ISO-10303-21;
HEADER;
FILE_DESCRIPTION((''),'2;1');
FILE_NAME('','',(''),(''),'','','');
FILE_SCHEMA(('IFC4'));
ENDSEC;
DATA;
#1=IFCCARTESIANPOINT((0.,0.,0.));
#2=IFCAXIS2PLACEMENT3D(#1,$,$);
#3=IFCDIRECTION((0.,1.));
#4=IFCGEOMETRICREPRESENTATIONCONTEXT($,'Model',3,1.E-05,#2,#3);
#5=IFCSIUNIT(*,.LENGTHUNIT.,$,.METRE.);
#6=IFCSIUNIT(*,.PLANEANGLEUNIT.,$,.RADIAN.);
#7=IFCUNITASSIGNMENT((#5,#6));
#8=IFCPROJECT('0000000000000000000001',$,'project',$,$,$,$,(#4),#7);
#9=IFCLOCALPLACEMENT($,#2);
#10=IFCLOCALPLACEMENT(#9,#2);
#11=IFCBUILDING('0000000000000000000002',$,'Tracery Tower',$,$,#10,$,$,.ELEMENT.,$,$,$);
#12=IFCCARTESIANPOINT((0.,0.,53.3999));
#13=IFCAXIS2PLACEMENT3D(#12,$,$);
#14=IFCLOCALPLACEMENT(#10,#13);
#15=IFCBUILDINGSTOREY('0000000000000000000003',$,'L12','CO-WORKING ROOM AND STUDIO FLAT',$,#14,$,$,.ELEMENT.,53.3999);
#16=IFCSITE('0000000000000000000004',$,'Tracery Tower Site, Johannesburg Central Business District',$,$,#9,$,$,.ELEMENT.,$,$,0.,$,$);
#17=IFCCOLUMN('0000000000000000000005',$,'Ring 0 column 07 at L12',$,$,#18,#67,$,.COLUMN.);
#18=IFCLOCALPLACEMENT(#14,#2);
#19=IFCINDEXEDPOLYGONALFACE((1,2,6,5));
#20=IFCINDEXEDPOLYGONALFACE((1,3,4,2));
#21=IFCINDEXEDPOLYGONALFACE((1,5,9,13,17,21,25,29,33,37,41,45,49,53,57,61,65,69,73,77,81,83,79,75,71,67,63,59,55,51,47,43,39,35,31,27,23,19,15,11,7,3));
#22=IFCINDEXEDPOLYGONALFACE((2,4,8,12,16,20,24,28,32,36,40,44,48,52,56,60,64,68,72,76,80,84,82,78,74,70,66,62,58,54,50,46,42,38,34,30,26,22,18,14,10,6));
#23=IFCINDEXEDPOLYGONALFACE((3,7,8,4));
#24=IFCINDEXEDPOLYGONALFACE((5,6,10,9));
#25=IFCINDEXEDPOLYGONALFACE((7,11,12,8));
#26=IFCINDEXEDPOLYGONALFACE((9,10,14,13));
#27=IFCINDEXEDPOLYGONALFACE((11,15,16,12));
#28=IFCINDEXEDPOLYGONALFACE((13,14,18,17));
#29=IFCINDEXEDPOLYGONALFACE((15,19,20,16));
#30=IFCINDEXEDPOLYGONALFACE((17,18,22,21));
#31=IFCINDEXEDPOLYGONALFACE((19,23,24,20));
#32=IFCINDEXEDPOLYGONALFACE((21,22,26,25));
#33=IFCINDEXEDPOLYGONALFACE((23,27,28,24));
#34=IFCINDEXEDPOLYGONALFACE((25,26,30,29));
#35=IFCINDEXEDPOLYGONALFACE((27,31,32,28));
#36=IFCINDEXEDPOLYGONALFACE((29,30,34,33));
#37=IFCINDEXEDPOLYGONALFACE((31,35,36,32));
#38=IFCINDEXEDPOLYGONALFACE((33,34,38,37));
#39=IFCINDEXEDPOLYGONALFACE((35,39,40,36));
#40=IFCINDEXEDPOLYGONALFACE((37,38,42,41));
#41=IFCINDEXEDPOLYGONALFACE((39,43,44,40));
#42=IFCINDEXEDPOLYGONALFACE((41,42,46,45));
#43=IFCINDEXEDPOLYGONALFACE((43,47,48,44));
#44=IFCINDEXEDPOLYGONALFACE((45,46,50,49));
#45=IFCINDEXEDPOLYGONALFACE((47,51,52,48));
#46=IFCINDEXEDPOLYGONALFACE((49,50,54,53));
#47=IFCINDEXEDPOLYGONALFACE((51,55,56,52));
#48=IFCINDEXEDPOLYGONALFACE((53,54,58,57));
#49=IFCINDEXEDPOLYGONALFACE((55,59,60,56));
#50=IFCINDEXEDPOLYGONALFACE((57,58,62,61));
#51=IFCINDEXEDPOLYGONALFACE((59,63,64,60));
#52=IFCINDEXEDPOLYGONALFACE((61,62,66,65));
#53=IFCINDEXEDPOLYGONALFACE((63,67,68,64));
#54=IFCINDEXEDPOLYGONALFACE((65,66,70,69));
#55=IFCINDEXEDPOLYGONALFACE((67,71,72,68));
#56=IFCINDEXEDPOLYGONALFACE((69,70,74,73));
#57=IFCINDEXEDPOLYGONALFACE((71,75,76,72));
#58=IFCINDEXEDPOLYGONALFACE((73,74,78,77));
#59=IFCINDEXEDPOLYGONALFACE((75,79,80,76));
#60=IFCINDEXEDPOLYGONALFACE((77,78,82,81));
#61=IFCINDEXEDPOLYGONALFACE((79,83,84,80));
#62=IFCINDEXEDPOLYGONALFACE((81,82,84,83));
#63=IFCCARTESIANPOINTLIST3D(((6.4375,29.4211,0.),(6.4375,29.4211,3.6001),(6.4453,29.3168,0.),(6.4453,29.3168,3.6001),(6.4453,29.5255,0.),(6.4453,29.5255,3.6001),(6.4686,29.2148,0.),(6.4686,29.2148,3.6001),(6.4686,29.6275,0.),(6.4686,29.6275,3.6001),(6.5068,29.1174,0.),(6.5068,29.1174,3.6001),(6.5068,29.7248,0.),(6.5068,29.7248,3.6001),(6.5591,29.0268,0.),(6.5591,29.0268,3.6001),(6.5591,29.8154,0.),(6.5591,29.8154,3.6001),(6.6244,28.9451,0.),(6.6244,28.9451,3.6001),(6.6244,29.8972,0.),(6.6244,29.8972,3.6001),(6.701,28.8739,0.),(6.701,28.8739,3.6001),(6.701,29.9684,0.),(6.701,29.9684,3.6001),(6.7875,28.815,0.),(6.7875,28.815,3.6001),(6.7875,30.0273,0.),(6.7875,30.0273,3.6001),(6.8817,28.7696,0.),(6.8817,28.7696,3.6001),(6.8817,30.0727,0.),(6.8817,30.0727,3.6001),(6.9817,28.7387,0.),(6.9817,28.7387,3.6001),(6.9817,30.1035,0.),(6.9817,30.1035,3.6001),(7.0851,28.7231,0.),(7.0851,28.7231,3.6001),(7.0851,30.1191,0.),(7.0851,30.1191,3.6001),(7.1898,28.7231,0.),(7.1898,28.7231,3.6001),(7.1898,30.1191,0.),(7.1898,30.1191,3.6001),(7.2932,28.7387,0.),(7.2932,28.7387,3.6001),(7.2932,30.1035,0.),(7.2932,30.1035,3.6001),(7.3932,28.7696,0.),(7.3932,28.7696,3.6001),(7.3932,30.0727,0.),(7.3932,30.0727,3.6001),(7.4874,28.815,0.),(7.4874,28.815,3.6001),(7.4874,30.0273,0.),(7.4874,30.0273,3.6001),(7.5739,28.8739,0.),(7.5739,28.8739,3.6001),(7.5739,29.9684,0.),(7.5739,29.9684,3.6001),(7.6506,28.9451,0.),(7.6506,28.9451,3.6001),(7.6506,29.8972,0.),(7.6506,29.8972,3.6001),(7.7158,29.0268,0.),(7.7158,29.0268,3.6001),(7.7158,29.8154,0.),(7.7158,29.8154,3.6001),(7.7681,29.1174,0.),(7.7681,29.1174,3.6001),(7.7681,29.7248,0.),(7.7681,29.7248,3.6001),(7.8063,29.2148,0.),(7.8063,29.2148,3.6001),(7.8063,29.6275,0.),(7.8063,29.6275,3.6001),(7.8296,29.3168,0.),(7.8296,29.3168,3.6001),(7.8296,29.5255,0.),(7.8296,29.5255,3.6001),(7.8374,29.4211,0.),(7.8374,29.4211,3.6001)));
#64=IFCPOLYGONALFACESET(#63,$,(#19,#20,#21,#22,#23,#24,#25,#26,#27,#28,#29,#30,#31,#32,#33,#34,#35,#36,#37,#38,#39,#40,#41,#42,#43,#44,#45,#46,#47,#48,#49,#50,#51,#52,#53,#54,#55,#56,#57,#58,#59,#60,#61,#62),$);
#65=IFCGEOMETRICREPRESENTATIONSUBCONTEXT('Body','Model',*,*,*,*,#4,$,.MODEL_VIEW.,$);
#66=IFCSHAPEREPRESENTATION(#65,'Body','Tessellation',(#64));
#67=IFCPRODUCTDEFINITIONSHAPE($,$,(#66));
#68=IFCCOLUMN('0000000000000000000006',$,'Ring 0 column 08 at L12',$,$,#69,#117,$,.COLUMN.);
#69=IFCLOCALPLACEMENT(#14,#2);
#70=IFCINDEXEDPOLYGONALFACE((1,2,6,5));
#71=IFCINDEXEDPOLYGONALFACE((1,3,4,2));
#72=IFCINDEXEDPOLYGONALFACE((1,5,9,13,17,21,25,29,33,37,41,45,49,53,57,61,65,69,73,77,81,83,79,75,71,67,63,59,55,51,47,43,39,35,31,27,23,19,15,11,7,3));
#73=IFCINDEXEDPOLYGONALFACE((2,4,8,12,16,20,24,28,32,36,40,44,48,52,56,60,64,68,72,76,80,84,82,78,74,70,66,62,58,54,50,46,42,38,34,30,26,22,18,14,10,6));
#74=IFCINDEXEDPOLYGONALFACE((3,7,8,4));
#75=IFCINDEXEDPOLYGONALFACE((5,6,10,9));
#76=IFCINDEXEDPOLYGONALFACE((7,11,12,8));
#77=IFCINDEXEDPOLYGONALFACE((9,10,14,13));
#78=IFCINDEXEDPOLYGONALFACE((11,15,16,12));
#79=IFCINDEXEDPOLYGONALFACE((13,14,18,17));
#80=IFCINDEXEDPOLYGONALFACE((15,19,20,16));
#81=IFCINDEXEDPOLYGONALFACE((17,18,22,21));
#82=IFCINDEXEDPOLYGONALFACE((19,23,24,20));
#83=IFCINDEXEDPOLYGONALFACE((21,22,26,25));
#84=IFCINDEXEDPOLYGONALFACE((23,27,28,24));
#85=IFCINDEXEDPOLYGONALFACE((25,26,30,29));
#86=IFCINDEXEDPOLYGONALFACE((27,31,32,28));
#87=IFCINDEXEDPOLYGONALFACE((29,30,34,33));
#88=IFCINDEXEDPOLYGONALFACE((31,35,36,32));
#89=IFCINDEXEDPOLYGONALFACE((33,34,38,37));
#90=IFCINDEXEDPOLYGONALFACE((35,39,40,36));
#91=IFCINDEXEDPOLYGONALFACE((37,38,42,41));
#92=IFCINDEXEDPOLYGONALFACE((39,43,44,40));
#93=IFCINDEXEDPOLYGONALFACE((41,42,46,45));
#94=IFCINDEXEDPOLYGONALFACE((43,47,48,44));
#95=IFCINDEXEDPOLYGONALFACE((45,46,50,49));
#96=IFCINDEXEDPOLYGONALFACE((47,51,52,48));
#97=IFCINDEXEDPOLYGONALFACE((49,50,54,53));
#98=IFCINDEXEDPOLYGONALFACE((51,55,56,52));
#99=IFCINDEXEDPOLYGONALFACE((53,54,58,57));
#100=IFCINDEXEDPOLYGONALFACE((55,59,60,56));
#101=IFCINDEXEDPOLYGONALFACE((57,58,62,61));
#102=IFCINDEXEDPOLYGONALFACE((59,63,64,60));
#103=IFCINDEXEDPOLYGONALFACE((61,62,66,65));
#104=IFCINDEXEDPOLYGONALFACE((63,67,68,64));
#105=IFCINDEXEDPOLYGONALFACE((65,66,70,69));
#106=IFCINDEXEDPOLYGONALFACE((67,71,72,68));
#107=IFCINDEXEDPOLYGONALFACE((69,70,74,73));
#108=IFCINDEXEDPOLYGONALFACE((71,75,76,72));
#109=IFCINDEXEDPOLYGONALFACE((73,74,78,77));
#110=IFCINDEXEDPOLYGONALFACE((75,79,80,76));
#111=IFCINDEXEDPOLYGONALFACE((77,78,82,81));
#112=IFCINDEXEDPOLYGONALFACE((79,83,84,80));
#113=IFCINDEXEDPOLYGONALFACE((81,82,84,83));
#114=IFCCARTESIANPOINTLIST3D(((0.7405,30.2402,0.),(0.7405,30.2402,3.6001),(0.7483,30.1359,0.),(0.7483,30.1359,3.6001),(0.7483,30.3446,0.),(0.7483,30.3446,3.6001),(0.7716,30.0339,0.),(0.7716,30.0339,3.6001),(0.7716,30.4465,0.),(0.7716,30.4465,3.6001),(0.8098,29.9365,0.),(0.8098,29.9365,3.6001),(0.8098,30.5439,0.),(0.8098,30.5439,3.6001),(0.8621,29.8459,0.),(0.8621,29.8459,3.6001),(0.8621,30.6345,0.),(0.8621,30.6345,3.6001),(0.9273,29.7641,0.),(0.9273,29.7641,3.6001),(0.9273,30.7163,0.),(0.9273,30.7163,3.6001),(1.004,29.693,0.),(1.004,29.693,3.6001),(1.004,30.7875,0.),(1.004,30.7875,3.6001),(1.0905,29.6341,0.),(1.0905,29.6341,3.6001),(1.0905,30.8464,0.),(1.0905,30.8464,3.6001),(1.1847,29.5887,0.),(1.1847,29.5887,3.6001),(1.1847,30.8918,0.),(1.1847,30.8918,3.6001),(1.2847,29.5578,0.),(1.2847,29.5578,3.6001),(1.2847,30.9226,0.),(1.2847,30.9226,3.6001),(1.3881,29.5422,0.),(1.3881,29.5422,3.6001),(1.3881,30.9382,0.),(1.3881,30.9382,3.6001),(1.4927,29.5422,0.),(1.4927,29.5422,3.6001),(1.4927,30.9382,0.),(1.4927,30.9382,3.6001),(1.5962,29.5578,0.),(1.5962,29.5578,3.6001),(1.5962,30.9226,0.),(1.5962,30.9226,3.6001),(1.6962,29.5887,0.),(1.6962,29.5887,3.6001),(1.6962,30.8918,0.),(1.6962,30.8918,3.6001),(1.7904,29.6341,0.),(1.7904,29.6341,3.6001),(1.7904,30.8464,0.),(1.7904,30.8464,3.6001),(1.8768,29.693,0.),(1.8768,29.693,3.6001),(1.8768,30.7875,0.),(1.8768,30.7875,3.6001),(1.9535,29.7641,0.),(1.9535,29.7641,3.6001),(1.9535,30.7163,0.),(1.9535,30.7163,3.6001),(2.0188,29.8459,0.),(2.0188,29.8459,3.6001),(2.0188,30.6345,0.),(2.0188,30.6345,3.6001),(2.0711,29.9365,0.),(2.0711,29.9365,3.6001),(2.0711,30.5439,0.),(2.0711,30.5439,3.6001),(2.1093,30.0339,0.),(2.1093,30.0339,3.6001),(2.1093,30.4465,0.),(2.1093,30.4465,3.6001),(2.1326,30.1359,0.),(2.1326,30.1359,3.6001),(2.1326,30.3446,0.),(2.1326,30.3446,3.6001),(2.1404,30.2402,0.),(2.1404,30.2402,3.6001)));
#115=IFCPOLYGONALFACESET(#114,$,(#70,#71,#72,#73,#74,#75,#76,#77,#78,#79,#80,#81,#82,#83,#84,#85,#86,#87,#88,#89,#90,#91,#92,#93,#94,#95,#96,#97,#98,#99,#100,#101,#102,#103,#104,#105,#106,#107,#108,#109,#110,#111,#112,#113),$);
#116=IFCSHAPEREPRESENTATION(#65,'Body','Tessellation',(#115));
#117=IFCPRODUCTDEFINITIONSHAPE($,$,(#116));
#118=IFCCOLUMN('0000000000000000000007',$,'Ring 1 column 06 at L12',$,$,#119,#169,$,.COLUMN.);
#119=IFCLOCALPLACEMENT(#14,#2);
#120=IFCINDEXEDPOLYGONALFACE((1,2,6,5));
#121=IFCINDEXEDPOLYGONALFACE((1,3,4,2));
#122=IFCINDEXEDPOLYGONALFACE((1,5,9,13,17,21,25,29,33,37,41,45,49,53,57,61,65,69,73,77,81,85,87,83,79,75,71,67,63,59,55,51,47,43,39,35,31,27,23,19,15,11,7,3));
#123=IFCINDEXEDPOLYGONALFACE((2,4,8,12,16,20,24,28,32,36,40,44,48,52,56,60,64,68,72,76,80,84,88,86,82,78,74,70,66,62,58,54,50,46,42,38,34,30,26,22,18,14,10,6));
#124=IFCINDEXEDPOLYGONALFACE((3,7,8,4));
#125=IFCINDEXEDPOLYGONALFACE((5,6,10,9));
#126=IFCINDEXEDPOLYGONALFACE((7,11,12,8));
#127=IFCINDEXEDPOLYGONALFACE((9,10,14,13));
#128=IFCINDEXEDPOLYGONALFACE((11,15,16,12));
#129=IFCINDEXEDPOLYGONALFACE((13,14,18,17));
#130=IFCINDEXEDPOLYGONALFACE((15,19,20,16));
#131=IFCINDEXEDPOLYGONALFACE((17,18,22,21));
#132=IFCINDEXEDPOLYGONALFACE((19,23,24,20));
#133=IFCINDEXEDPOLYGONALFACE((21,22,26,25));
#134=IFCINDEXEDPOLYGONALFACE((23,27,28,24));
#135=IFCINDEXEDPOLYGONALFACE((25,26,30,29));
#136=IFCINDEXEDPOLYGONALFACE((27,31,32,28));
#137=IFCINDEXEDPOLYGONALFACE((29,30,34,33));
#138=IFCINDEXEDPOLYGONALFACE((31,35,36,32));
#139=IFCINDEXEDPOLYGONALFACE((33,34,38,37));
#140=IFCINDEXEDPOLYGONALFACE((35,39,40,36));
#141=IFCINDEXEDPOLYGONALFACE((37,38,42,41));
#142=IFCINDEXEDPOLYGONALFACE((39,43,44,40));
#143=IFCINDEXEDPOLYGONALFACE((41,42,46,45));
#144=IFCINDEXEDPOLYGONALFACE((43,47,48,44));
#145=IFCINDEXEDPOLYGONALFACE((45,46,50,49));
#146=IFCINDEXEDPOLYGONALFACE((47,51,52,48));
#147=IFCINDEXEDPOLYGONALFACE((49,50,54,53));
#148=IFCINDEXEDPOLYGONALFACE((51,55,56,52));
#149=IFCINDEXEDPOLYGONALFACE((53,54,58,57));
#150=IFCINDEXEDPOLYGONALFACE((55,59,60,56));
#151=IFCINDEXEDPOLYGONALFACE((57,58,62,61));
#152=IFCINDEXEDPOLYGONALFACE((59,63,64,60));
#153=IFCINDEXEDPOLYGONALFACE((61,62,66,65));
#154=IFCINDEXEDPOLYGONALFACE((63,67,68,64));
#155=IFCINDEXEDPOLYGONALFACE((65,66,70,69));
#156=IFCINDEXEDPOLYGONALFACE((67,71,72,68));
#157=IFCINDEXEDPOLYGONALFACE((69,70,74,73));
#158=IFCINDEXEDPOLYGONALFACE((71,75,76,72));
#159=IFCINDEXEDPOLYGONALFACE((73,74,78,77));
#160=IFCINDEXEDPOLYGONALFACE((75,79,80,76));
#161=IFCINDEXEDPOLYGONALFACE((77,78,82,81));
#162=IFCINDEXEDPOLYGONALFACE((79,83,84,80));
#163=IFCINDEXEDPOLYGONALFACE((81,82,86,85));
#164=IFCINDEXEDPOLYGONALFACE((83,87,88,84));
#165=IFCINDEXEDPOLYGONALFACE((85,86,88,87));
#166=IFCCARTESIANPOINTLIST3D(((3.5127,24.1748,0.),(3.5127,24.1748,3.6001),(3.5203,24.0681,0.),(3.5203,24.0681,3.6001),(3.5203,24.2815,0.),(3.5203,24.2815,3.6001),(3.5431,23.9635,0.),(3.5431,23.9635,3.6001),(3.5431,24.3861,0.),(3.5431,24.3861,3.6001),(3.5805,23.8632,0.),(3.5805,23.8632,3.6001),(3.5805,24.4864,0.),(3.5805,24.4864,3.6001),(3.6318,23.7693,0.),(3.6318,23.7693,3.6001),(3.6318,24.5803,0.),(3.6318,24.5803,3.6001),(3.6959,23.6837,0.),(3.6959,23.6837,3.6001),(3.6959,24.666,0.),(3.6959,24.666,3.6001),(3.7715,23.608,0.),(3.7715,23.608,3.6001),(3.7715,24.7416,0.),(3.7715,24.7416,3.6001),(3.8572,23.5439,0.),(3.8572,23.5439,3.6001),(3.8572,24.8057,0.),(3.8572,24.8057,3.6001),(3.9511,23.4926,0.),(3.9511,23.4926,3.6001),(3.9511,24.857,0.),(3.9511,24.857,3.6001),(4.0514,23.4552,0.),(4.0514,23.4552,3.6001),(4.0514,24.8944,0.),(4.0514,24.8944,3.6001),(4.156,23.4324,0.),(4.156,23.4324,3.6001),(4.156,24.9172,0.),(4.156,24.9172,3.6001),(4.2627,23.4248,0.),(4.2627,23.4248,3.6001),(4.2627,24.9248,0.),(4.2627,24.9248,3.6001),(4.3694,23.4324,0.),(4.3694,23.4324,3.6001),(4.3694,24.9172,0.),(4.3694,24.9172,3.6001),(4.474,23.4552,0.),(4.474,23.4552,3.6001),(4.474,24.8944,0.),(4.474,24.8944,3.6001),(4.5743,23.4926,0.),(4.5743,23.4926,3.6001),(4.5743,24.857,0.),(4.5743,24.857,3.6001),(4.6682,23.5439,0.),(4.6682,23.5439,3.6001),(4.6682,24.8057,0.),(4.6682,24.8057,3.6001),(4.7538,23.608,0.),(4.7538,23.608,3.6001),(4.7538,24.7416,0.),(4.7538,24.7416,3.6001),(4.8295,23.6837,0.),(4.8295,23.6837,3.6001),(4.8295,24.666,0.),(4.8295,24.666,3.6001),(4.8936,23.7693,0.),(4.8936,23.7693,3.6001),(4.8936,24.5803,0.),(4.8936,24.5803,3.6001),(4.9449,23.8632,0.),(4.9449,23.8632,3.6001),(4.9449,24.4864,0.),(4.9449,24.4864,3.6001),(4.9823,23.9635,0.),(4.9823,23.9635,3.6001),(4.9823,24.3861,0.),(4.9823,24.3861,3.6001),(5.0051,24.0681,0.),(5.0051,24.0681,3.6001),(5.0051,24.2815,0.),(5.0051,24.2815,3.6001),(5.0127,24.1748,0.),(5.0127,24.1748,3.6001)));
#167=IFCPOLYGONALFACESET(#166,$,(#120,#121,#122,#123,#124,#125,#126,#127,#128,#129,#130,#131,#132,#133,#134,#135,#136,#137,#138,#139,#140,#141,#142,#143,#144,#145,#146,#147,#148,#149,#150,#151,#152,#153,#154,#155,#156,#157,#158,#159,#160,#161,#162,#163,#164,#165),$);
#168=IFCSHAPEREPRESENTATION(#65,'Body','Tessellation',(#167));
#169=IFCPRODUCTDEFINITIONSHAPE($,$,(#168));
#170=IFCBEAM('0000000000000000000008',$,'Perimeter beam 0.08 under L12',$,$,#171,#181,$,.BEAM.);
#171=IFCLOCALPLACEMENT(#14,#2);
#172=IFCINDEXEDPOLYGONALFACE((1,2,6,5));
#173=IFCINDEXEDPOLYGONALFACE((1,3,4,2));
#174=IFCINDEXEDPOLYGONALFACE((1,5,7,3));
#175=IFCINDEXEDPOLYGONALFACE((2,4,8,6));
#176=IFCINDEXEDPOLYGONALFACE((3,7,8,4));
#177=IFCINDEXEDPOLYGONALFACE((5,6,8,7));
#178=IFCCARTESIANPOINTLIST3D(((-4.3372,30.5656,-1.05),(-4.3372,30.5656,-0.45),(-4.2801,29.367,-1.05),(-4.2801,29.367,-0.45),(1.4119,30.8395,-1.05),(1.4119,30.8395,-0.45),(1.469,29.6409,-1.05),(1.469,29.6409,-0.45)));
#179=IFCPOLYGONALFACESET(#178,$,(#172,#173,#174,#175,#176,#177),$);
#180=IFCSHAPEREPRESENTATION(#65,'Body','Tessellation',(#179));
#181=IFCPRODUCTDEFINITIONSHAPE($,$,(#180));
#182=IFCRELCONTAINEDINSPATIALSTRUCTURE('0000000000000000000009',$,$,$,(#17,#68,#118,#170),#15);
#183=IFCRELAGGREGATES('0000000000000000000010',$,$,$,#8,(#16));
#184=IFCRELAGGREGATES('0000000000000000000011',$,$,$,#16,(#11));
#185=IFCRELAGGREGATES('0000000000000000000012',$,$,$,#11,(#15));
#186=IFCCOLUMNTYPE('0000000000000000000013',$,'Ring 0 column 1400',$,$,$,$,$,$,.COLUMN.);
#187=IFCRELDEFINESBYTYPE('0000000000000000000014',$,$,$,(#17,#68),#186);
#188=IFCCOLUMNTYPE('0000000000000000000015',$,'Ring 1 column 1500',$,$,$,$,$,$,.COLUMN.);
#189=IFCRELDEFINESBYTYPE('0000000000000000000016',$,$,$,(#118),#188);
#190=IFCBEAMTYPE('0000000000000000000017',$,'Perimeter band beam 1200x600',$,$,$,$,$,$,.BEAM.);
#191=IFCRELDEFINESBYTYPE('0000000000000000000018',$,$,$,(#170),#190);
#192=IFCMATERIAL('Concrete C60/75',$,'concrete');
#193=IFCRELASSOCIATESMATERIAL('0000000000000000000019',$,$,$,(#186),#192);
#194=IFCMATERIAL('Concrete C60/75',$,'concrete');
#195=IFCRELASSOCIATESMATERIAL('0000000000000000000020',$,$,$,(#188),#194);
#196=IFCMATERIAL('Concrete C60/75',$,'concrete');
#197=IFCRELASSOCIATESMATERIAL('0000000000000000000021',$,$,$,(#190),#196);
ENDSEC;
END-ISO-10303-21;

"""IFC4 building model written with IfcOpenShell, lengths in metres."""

from ifc_helpers import new_model, si_unit, direction, frame, origin, origin_2d, place, context, subcontext, project, spatial, rectangle, circle, extrude, material, material_profile, profile_set, type_object, element, save


model = new_model("IFC4")

# Units and contexts
model_context = context("Model", 3, precision=1e-05, world=origin(), true_north=direction((0.0, 1.0)))
body_context = subcontext(model_context, "Body", "Model", "MODEL_VIEW")
ifc_project = project(units=[si_unit("LENGTHUNIT", "METRE"), si_unit("PLANEANGLEUNIT", "RADIAN")], contexts=[model_context])

# Site, building, storey
site_placement = place(None, origin())
site = spatial("IfcSite", under=ifc_project, at=site_placement, Name="Tracery Tower Site, Johannesburg Central Business District", CompositionType="ELEMENT", RefElevation=0.0)
building_placement = place(site_placement, origin())
building = spatial("IfcBuilding", under=site, at=building_placement, Name="Tracery Tower", CompositionType="ELEMENT")
storey_placement = place(building_placement, frame((0.0, 0.0, 53.3999)))
storey = spatial("IfcBuildingStorey", under=building, at=storey_placement, Name="L12", Description="CO-WORKING ROOM AND STUDIO FLAT", CompositionType="ELEMENT", Elevation=53.3999)

# Columns
ifc_material_1 = material(Name="Concrete C60/75", Category="concrete")
ifc_material_profile_1 = material_profile(ifc_material_1, circle(Radius=0.7, at=origin_2d()), Name="RC D1400")
ifc_profile_set_1 = profile_set([ifc_material_profile_1], Name="Concrete C60/75")
column_type_1 = type_object("IfcColumnType", Name="Ring 0 column 1400", PredefinedType="COLUMN", material=ifc_profile_set_1)
for number, where, z_axis, x_axis, name in (
    (1, (7.1375, 29.4211, 0.0), (0.0, 0.0, 1.0), (1.0, 0.0, 0.0), "Ring 0 column 07 at L12"),
    (2, (1.4404, 30.2402, 0.0), (0.0, 0.0, 1.0), (1.0, 0.0, 0.0), "Ring 0 column 08 at L12"),
):
    element("IfcColumn", number, at=place(storey_placement, frame(where, z_axis=z_axis, x_axis=x_axis)), inside=storey, type_object=column_type_1, Name=name, PredefinedType="COLUMN", context=body_context, shape_type="SweptSolid", body=[
        extrude(circle(Radius=0.7, at=origin_2d()), origin(), (0.0, 0.0, 1.0), 3.6001),
    ])
ifc_material_2 = material(Name="Concrete C60/75", Category="concrete")
ifc_material_profile_2 = material_profile(ifc_material_2, circle(Radius=0.75, at=origin_2d()), Name="RC D1500")
ifc_profile_set_2 = profile_set([ifc_material_profile_2], Name="Concrete C60/75")
column_type_2 = type_object("IfcColumnType", Name="Ring 1 column 1500", PredefinedType="COLUMN", material=ifc_profile_set_2)
column_placement = place(storey_placement, frame((4.2627, 24.1748, 0.0), z_axis=(0.0, 0.0, 1.0), x_axis=(1.0, 0.0, 0.0)))
element("IfcColumn", 3, at=column_placement, inside=storey, type_object=column_type_2, Name="Ring 1 column 06 at L12", PredefinedType="COLUMN", context=body_context, shape_type="SweptSolid", body=[
    extrude(circle(Radius=0.75, at=origin_2d()), origin(), (0.0, 0.0, 1.0), 3.6001),
])

# Beam
ifc_material_3 = material(Name="Concrete C60/75", Category="concrete")
ifc_material_profile_3 = material_profile(ifc_material_3, rectangle(XDim=1.2, YDim=0.6001, at=origin_2d()), Name="RC 1200x600")
ifc_profile_set_3 = profile_set([ifc_material_profile_3], Name="Concrete C60/75")
beam_type = type_object("IfcBeamType", Name="Perimeter band beam 1200x600", PredefinedType="BEAM", material=ifc_profile_set_3)
beam_placement = place(storey_placement, frame((1.4404, 30.2402, -0.75), z_axis=(-0.998867, -0.047593, 0.0), x_axis=(0.047593, -0.998867, 0.0)))
element("IfcBeam", 4, at=beam_placement, inside=storey, type_object=beam_type, Name="Perimeter beam 0.08 under L12", PredefinedType="BEAM", context=body_context, shape_type="SweptSolid", body=[
    extrude(rectangle(XDim=1.2, YDim=0.6001, at=origin_2d()), origin(), (0.0, 0.0, 1.0), 5.7556),
])

save(model, "model.ifc")
